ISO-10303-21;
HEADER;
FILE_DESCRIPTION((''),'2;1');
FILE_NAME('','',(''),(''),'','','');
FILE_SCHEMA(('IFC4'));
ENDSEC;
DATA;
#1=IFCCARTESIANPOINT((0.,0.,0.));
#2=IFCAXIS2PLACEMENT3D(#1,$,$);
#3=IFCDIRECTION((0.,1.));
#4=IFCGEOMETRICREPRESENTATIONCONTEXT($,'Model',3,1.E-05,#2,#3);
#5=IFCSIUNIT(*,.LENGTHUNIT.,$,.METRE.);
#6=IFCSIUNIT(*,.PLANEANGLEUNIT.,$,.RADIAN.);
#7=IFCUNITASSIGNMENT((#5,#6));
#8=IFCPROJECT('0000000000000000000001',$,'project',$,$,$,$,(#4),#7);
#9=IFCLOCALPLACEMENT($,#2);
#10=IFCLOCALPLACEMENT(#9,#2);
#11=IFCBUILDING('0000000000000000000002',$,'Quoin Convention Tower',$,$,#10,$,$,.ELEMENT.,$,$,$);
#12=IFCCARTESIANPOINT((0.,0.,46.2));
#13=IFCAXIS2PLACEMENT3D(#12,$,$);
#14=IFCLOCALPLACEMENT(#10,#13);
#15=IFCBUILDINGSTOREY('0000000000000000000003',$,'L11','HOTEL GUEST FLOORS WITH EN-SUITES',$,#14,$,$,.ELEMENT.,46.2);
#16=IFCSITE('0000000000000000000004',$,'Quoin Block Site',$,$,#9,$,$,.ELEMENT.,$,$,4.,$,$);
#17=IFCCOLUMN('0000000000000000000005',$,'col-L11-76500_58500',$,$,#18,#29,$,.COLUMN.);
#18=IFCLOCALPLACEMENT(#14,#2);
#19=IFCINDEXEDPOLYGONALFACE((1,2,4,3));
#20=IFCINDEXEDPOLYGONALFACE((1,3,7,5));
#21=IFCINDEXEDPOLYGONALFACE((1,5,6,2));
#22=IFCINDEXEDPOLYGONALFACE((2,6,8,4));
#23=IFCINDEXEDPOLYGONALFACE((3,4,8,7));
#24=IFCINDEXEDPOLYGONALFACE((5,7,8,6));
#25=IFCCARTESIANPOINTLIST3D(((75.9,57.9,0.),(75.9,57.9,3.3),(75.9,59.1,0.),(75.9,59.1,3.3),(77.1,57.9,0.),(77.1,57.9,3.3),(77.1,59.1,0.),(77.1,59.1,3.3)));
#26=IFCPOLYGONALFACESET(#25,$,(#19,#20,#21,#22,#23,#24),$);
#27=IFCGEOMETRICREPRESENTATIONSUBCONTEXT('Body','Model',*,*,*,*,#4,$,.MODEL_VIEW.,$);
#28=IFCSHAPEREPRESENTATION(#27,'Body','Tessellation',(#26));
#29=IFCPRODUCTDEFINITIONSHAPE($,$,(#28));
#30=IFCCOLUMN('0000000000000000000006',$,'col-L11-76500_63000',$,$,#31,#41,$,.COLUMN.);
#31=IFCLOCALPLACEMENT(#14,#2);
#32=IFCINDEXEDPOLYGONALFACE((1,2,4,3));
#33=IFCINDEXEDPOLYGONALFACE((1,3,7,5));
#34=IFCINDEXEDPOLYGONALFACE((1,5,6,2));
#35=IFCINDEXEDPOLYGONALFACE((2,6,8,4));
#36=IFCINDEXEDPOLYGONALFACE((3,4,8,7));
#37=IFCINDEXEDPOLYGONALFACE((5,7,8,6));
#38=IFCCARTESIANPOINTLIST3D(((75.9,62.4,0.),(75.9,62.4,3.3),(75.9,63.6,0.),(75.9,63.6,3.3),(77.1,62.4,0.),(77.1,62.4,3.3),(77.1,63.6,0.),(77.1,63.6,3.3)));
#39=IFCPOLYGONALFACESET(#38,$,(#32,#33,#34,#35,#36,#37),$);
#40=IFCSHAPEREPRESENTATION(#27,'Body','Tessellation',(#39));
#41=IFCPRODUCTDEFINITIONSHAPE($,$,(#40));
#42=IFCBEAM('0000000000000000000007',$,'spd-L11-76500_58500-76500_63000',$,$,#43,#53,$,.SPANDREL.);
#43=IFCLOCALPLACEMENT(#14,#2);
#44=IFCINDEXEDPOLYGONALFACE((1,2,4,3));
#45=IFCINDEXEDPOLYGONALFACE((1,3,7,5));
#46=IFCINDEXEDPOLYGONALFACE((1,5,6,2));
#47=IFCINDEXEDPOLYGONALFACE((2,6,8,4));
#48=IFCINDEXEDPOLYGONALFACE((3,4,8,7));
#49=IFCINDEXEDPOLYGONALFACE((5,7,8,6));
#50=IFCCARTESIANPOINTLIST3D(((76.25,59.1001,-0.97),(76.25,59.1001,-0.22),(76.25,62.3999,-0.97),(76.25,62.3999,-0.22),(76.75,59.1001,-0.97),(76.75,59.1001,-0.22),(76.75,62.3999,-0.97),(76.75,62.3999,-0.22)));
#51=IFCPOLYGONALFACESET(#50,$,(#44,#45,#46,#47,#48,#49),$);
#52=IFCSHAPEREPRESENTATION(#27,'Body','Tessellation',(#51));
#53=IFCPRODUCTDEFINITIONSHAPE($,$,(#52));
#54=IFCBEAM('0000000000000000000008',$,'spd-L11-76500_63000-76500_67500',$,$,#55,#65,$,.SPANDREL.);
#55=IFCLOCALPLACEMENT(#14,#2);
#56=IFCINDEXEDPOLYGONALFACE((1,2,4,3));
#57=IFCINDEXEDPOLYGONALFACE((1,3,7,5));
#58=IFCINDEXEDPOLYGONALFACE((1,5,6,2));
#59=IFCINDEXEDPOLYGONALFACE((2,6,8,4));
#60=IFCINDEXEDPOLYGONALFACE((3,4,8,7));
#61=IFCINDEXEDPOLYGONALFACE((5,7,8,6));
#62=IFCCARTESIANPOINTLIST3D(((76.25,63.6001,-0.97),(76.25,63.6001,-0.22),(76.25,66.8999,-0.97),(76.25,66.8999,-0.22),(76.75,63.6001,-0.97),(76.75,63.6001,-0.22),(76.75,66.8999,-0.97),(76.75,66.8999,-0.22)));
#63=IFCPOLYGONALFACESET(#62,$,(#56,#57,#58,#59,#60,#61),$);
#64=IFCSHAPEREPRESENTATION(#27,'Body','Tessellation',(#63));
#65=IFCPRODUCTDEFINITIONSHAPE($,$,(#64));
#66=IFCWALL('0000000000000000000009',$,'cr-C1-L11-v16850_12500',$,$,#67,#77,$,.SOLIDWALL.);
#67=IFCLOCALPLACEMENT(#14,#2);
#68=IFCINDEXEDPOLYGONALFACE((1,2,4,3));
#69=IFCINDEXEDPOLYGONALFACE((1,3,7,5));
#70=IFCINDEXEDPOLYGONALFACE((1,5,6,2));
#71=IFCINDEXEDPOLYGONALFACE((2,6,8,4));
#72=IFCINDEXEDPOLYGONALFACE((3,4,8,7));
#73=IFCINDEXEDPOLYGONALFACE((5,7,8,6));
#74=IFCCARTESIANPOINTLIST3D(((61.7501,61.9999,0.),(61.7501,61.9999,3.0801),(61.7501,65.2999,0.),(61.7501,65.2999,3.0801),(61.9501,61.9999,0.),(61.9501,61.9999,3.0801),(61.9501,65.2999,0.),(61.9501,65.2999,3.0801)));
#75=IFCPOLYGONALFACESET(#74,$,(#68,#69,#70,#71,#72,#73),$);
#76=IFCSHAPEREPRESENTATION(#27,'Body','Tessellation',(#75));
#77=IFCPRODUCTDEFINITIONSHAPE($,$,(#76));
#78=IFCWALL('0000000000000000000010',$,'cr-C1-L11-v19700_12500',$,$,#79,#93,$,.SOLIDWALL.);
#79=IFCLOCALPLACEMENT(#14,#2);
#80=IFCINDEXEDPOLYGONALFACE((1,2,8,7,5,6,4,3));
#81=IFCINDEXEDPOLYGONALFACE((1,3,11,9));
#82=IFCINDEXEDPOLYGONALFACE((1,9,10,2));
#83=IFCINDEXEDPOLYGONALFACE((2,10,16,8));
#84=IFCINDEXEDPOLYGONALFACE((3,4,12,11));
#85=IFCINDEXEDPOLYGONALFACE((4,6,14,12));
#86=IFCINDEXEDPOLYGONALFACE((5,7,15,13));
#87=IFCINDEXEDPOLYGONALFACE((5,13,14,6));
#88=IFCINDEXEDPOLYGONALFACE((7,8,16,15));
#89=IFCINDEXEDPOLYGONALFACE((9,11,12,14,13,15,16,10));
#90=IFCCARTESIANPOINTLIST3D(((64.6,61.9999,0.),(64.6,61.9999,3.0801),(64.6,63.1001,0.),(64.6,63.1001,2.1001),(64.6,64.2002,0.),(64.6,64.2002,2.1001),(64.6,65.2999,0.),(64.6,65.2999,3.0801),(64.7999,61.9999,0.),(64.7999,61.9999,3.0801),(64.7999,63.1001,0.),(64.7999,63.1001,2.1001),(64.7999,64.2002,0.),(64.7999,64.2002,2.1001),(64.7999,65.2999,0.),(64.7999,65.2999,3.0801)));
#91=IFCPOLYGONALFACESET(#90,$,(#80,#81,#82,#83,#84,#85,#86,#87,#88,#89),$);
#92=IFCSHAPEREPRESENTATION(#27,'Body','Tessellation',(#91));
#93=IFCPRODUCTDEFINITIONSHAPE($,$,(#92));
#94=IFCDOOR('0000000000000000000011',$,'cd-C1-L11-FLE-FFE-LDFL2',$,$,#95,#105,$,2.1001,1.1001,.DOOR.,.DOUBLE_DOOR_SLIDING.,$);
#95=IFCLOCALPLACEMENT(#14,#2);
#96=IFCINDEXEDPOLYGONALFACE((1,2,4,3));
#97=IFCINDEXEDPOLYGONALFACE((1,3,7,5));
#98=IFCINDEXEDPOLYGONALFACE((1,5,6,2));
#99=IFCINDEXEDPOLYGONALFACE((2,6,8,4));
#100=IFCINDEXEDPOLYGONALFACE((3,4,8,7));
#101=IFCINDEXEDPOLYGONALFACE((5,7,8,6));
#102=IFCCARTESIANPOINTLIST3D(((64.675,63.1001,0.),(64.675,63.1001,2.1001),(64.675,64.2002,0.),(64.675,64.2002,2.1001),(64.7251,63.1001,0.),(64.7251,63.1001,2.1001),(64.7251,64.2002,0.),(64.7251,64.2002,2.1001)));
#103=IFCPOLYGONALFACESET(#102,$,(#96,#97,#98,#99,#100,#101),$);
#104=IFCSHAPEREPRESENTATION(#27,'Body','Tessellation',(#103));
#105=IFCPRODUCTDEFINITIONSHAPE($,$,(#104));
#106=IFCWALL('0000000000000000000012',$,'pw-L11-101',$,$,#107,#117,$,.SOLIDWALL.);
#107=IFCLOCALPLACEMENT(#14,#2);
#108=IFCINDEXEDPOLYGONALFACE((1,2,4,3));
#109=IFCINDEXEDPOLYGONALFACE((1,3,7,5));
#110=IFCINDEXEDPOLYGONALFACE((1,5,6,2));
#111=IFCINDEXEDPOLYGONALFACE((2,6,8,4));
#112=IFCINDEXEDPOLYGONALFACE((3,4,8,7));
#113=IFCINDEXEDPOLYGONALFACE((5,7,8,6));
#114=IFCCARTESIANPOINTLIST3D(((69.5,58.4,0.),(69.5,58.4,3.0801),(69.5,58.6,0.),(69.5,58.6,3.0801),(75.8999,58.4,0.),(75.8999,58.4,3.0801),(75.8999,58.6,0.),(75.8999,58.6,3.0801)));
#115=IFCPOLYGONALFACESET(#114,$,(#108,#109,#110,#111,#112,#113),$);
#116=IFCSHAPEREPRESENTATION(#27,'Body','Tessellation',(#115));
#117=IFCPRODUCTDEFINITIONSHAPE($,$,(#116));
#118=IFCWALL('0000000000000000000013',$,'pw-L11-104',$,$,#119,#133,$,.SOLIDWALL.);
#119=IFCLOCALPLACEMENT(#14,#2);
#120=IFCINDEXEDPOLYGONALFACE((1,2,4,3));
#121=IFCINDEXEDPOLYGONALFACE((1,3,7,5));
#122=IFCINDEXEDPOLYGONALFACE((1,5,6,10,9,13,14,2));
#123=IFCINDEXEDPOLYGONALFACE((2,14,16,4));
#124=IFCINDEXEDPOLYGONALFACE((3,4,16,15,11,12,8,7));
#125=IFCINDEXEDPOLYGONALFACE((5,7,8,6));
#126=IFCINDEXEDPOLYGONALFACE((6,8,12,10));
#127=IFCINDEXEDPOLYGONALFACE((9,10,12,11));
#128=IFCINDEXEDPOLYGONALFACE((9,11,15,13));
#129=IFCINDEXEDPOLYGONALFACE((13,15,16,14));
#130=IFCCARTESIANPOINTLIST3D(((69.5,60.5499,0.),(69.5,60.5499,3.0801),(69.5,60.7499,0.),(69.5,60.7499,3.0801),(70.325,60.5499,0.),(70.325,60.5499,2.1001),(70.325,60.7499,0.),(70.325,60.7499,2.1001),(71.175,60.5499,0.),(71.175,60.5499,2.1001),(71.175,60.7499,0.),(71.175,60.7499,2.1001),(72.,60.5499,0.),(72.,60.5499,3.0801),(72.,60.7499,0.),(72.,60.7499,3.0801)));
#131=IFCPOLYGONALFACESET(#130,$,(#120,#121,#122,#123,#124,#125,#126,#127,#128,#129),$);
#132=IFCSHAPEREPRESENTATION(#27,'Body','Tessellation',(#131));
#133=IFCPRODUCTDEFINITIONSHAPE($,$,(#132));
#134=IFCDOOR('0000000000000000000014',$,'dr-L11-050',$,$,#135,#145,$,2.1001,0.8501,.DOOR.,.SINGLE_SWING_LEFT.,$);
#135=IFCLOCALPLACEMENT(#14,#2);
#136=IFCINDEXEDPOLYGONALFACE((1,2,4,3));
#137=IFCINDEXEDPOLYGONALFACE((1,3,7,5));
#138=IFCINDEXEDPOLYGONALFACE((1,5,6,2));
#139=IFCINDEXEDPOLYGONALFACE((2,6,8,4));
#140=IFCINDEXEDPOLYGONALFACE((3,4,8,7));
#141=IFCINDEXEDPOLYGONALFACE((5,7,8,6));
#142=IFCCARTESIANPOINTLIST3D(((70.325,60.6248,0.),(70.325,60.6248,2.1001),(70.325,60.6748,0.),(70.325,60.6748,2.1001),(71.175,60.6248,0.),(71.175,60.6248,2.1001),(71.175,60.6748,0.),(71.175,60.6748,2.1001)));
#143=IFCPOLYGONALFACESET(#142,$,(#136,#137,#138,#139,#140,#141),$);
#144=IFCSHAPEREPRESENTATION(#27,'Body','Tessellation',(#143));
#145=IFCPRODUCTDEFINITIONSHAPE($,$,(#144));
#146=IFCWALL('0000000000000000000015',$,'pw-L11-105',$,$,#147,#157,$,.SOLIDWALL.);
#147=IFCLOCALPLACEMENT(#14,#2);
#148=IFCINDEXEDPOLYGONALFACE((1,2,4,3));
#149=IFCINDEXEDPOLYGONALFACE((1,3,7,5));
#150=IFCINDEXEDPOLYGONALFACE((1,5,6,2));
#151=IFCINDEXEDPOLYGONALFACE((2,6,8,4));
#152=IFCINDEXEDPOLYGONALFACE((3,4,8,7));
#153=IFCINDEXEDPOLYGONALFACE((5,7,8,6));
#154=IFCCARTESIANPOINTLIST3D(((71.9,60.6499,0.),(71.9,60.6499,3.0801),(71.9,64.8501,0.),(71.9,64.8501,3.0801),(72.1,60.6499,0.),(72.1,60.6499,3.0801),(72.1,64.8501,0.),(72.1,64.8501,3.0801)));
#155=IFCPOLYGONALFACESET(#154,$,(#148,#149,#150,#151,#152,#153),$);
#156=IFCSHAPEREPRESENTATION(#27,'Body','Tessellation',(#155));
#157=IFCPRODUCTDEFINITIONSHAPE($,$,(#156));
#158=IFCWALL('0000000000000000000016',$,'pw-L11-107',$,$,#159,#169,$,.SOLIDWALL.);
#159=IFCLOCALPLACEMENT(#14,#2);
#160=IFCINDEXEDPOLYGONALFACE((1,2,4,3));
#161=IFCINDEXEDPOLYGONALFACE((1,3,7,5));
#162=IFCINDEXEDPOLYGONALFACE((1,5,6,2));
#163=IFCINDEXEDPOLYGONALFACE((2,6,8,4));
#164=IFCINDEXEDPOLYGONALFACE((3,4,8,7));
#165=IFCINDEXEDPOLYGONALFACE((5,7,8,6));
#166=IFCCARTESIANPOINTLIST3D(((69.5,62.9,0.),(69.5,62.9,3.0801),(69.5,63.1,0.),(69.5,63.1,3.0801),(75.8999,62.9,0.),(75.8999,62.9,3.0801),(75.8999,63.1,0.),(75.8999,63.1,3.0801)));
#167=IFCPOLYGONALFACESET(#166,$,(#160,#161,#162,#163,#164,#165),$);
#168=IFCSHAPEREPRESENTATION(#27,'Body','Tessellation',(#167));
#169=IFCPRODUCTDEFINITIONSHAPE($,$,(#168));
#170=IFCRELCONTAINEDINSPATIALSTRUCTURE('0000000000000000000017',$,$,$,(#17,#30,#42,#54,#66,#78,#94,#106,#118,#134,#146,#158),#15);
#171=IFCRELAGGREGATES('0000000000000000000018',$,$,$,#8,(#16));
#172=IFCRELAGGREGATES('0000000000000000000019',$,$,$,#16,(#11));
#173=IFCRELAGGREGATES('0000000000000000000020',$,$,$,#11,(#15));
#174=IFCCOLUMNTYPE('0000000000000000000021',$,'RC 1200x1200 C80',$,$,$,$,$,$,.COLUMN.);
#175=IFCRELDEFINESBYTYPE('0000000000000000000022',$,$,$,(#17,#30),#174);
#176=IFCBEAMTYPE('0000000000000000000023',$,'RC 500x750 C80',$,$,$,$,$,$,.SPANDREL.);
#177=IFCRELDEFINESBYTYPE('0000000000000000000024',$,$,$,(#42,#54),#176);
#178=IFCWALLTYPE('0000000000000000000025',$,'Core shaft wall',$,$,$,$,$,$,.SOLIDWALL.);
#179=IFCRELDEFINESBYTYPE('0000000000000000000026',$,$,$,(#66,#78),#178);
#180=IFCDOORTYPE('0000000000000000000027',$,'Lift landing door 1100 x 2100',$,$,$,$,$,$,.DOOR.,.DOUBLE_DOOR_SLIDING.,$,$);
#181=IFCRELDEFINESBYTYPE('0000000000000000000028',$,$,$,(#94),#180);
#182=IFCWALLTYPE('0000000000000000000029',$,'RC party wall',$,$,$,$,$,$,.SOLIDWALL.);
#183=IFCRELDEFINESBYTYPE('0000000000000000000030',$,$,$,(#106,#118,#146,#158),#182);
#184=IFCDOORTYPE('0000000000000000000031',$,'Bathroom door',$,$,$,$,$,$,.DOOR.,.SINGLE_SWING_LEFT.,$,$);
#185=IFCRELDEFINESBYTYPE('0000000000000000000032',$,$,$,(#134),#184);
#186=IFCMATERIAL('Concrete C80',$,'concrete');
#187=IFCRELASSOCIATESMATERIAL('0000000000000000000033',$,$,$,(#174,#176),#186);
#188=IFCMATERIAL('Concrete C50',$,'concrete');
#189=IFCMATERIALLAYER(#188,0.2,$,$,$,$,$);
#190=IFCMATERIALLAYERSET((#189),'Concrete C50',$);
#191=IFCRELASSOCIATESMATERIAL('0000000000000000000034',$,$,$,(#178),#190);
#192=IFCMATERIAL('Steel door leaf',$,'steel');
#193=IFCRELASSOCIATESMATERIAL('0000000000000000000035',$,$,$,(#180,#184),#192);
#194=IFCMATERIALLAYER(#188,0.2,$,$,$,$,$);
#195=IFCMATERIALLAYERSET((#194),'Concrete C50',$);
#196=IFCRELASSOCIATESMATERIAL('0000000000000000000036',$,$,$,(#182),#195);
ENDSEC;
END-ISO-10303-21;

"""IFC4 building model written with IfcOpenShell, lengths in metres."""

from ifc_helpers import new_model, si_unit, direction, frame, frame_2d, origin, origin_2d, place, context, subcontext, project, spatial, rectangle, extrude, material, layer, layer_set, material_profile, profile_set, type_object, element, fill, save


model = new_model("IFC4")

# Units and contexts
model_context = context("Model", 3, precision=1e-05, world=origin(), true_north=direction((0.0, 1.0)))
body_context = subcontext(model_context, "Body", "Model", "MODEL_VIEW")
ifc_project = project(units=[si_unit("LENGTHUNIT", "METRE"), si_unit("PLANEANGLEUNIT", "RADIAN")], contexts=[model_context])

# Site, building, storey
site_placement = place(None, origin())
site = spatial("IfcSite", under=ifc_project, at=site_placement, Name="Quoin Block Site", CompositionType="ELEMENT", RefElevation=4.0)
building_placement = place(site_placement, origin())
building = spatial("IfcBuilding", under=site, at=building_placement, Name="Quoin Convention Tower", CompositionType="ELEMENT")
storey_placement = place(building_placement, frame((0.0, 0.0, 46.2)))
storey = spatial("IfcBuildingStorey", under=building, at=storey_placement, Name="L11", Description="HOTEL GUEST FLOORS WITH EN-SUITES", CompositionType="ELEMENT", Elevation=46.2)

# Columns
ifc_material_1 = material(Name="Concrete C80", Category="concrete")
ifc_material_profile_1 = material_profile(ifc_material_1, rectangle(XDim=1.2, YDim=1.2, at=origin_2d()), Name="RC 1200x1200")
ifc_profile_set_1 = profile_set([ifc_material_profile_1], Name="Concrete C80")
column_type = type_object("IfcColumnType", Name="RC 1200x1200 C80", PredefinedType="COLUMN", material=ifc_profile_set_1)
for number, where, z_axis, x_axis, name in (
    (1, (76.5, 58.5, 0.0), (0.0, 0.0, 1.0), (1.0, 0.0, 0.0), "col-L11-76500_58500"),
    (2, (76.5, 63.0, 0.0), (0.0, 0.0, 1.0), (1.0, 0.0, 0.0), "col-L11-76500_63000"),
):
    element("IfcColumn", number, at=place(storey_placement, frame(where, z_axis=z_axis, x_axis=x_axis)), inside=storey, type_object=column_type, Name=name, PredefinedType="COLUMN", context=body_context, shape_type="SweptSolid", body=[
        extrude(rectangle(XDim=1.2, YDim=1.2, at=origin_2d()), origin(), (0.0, 0.0, 1.0), 3.3),
    ])

# Beams
ifc_material_profile_2 = material_profile(ifc_material_1, rectangle(XDim=0.5, YDim=0.75, at=origin_2d()), Name="RC 500x750")
ifc_profile_set_2 = profile_set([ifc_material_profile_2], Name="Concrete C80")
beam_type = type_object("IfcBeamType", Name="RC 500x750 C80", PredefinedType="SPANDREL", material=ifc_profile_set_2)
for number, where, z_axis, x_axis, name in (
    (3, (76.5, 59.1001, -0.595), (0.0, 1.0, 0.0), (-1.0, 0.0, 0.0), "spd-L11-76500_58500-76500_63000"),
    (4, (76.5, 63.6001, -0.595), (0.0, 1.0, 0.0), (-1.0, 0.0, 0.0), "spd-L11-76500_63000-76500_67500"),
):
    element("IfcBeam", number, at=place(storey_placement, frame(where, z_axis=z_axis, x_axis=x_axis)), inside=storey, type_object=beam_type, Name=name, PredefinedType="SPANDREL", context=body_context, shape_type="SweptSolid", body=[
        extrude(rectangle(XDim=0.5, YDim=0.75, at=origin_2d()), origin(), (0.0, 0.0, 1.0), 3.2998),
    ])

# Wall
ifc_material_2 = material(Name="Concrete C50", Category="concrete")
ifc_layer_1 = layer(ifc_material_2, 0.2)
ifc_layer_set_1 = layer_set([ifc_layer_1], Name="Concrete C50")
wall_type_1 = type_object("IfcWallType", Name="Core shaft wall", PredefinedType="SOLIDWALL", material=ifc_layer_set_1)
wall_1_placement = place(storey_placement, frame((61.8501, 62.0, 0.0), z_axis=(0.0, 0.0, 1.0), x_axis=(0.0, 1.0, 0.0)))
element("IfcWall", 5, at=wall_1_placement, inside=storey, type_object=wall_type_1, Name="cr-C1-L11-v16850_12500", PredefinedType="SOLIDWALL", context=body_context, shape_type="SweptSolid", body=[
    extrude(rectangle(XDim=3.3, YDim=0.2, at=frame_2d((1.6499, 0.0))), origin(), (0.0, 0.0, 1.0), 3.0801),
])

# Wall, opening, door
wall_2_placement = place(storey_placement, frame((64.7, 62.0, 0.0), z_axis=(0.0, 0.0, 1.0), x_axis=(0.0, 1.0, 0.0)))
wall_2 = element("IfcWall", 6, at=wall_2_placement, inside=storey, type_object=wall_type_1, Name="cr-C1-L11-v19700_12500", PredefinedType="SOLIDWALL", context=body_context, shape_type="SweptSolid", body=[
    extrude(rectangle(XDim=3.3, YDim=0.2, at=frame_2d((1.6499, 0.0))), origin(), (0.0, 0.0, 1.0), 3.0801),
])
opening_1_placement = place(wall_2_placement, frame((1.1001, 0.0, 0.0)))
opening_1 = element("IfcOpeningElement", 7, at=opening_1_placement, cuts=wall_2, PredefinedType="OPENING", context=body_context, shape_type="SweptSolid", body=[
    extrude(rectangle(XDim=1.1001, YDim=2.1001, at=frame_2d((0.55, 1.05))), frame((0.0, 0.1099, 0.0), z_axis=(0.0, -1.0, 0.0), x_axis=(1.0, 0.0, 0.0)), (0.0, 0.0, 1.0), 0.22),
])
ifc_material_3 = material(Name="Steel door leaf", Category="steel")
door_type_1 = type_object("IfcDoorType", Name="Lift landing door 1100 x 2100", OperationType="DOUBLE_DOOR_SLIDING", PredefinedType="DOOR", material=ifc_material_3)
door_1_placement = place(opening_1_placement, origin())
door_1 = element("IfcDoor", 8, at=door_1_placement, inside=storey, type_object=door_type_1, Name="cd-C1-L11-FLE-FFE-LDFL2", OperationType="DOUBLE_DOOR_SLIDING", OverallHeight=2.1001, OverallWidth=1.1001, PredefinedType="DOOR", context=body_context, shape_type="SweptSolid", body=[
    extrude(rectangle(XDim=1.1001, YDim=2.1001, at=frame_2d((0.55, 1.05))), frame((0.0, 0.0249, 0.0), z_axis=(0.0, -1.0, 0.0), x_axis=(1.0, 0.0, 0.0)), (0.0, 0.0, 1.0), 0.05),
])
fill(opening_1, door_1)

# Wall
ifc_layer_2 = layer(ifc_material_2, 0.2)
ifc_layer_set_2 = layer_set([ifc_layer_2], Name="Concrete C50")
wall_type_2 = type_object("IfcWallType", Name="RC party wall", PredefinedType="SOLIDWALL", material=ifc_layer_set_2)
wall_3_placement = place(storey_placement, frame((69.5, 58.5, 0.0), z_axis=(0.0, 0.0, 1.0), x_axis=(1.0, 0.0, 0.0)))
element("IfcWall", 9, at=wall_3_placement, inside=storey, type_object=wall_type_2, Name="pw-L11-101", PredefinedType="SOLIDWALL", context=body_context, shape_type="SweptSolid", body=[
    extrude(rectangle(XDim=6.3999, YDim=0.2, at=frame_2d((3.2, 0.0))), origin(), (0.0, 0.0, 1.0), 3.0801),
])

# Wall, opening, door
wall_4_placement = place(storey_placement, frame((69.5, 60.6499, 0.0), z_axis=(0.0, 0.0, 1.0), x_axis=(1.0, 0.0, 0.0)))
wall_4 = element("IfcWall", 10, at=wall_4_placement, inside=storey, type_object=wall_type_2, Name="pw-L11-104", PredefinedType="SOLIDWALL", context=body_context, shape_type="SweptSolid", body=[
    extrude(rectangle(XDim=2.5, YDim=0.2, at=frame_2d((1.25, 0.0))), origin(), (0.0, 0.0, 1.0), 3.0801),
])
opening_2_placement = place(wall_4_placement, frame((0.825, 0.0, 0.0)))
opening_2 = element("IfcOpeningElement", 11, at=opening_2_placement, cuts=wall_4, PredefinedType="OPENING", context=body_context, shape_type="SweptSolid", body=[
    extrude(rectangle(XDim=0.8501, YDim=2.1001, at=frame_2d((0.425, 1.05))), frame((0.0, 0.1099, 0.0), z_axis=(0.0, -1.0, 0.0), x_axis=(1.0, 0.0, 0.0)), (0.0, 0.0, 1.0), 0.22),
])
door_type_2 = type_object("IfcDoorType", Name="Bathroom door", OperationType="SINGLE_SWING_LEFT", PredefinedType="DOOR", material=ifc_material_3)
door_2_placement = place(opening_2_placement, origin())
door_2 = element("IfcDoor", 12, at=door_2_placement, inside=storey, type_object=door_type_2, Name="dr-L11-050", OperationType="SINGLE_SWING_LEFT", OverallHeight=2.1001, OverallWidth=0.8501, PredefinedType="DOOR", context=body_context, shape_type="SweptSolid", body=[
    extrude(rectangle(XDim=0.8501, YDim=2.1001, at=frame_2d((0.425, 1.05))), frame((0.0, 0.0249, 0.0), z_axis=(0.0, -1.0, 0.0), x_axis=(1.0, 0.0, 0.0)), (0.0, 0.0, 1.0), 0.05),
])
fill(opening_2, door_2)

# Walls
wall_5_placement = place(storey_placement, frame((72.0, 60.6499, 0.0), z_axis=(0.0, 0.0, 1.0), x_axis=(0.0, 1.0, 0.0)))
element("IfcWall", 13, at=wall_5_placement, inside=storey, type_object=wall_type_2, Name="pw-L11-105", PredefinedType="SOLIDWALL", context=body_context, shape_type="SweptSolid", body=[
    extrude(rectangle(XDim=4.2002, YDim=0.2, at=frame_2d((2.1001, 0.0))), origin(), (0.0, 0.0, 1.0), 3.0801),
])
wall_6_placement = place(storey_placement, frame((69.5, 63.0, 0.0), z_axis=(0.0, 0.0, 1.0), x_axis=(1.0, 0.0, 0.0)))
element("IfcWall", 14, at=wall_6_placement, inside=storey, type_object=wall_type_2, Name="pw-L11-107", PredefinedType="SOLIDWALL", context=body_context, shape_type="SweptSolid", body=[
    extrude(rectangle(XDim=6.3999, YDim=0.2, at=frame_2d((3.2, 0.0))), origin(), (0.0, 0.0, 1.0), 3.0801),
])

save(model, "model.ifc")
